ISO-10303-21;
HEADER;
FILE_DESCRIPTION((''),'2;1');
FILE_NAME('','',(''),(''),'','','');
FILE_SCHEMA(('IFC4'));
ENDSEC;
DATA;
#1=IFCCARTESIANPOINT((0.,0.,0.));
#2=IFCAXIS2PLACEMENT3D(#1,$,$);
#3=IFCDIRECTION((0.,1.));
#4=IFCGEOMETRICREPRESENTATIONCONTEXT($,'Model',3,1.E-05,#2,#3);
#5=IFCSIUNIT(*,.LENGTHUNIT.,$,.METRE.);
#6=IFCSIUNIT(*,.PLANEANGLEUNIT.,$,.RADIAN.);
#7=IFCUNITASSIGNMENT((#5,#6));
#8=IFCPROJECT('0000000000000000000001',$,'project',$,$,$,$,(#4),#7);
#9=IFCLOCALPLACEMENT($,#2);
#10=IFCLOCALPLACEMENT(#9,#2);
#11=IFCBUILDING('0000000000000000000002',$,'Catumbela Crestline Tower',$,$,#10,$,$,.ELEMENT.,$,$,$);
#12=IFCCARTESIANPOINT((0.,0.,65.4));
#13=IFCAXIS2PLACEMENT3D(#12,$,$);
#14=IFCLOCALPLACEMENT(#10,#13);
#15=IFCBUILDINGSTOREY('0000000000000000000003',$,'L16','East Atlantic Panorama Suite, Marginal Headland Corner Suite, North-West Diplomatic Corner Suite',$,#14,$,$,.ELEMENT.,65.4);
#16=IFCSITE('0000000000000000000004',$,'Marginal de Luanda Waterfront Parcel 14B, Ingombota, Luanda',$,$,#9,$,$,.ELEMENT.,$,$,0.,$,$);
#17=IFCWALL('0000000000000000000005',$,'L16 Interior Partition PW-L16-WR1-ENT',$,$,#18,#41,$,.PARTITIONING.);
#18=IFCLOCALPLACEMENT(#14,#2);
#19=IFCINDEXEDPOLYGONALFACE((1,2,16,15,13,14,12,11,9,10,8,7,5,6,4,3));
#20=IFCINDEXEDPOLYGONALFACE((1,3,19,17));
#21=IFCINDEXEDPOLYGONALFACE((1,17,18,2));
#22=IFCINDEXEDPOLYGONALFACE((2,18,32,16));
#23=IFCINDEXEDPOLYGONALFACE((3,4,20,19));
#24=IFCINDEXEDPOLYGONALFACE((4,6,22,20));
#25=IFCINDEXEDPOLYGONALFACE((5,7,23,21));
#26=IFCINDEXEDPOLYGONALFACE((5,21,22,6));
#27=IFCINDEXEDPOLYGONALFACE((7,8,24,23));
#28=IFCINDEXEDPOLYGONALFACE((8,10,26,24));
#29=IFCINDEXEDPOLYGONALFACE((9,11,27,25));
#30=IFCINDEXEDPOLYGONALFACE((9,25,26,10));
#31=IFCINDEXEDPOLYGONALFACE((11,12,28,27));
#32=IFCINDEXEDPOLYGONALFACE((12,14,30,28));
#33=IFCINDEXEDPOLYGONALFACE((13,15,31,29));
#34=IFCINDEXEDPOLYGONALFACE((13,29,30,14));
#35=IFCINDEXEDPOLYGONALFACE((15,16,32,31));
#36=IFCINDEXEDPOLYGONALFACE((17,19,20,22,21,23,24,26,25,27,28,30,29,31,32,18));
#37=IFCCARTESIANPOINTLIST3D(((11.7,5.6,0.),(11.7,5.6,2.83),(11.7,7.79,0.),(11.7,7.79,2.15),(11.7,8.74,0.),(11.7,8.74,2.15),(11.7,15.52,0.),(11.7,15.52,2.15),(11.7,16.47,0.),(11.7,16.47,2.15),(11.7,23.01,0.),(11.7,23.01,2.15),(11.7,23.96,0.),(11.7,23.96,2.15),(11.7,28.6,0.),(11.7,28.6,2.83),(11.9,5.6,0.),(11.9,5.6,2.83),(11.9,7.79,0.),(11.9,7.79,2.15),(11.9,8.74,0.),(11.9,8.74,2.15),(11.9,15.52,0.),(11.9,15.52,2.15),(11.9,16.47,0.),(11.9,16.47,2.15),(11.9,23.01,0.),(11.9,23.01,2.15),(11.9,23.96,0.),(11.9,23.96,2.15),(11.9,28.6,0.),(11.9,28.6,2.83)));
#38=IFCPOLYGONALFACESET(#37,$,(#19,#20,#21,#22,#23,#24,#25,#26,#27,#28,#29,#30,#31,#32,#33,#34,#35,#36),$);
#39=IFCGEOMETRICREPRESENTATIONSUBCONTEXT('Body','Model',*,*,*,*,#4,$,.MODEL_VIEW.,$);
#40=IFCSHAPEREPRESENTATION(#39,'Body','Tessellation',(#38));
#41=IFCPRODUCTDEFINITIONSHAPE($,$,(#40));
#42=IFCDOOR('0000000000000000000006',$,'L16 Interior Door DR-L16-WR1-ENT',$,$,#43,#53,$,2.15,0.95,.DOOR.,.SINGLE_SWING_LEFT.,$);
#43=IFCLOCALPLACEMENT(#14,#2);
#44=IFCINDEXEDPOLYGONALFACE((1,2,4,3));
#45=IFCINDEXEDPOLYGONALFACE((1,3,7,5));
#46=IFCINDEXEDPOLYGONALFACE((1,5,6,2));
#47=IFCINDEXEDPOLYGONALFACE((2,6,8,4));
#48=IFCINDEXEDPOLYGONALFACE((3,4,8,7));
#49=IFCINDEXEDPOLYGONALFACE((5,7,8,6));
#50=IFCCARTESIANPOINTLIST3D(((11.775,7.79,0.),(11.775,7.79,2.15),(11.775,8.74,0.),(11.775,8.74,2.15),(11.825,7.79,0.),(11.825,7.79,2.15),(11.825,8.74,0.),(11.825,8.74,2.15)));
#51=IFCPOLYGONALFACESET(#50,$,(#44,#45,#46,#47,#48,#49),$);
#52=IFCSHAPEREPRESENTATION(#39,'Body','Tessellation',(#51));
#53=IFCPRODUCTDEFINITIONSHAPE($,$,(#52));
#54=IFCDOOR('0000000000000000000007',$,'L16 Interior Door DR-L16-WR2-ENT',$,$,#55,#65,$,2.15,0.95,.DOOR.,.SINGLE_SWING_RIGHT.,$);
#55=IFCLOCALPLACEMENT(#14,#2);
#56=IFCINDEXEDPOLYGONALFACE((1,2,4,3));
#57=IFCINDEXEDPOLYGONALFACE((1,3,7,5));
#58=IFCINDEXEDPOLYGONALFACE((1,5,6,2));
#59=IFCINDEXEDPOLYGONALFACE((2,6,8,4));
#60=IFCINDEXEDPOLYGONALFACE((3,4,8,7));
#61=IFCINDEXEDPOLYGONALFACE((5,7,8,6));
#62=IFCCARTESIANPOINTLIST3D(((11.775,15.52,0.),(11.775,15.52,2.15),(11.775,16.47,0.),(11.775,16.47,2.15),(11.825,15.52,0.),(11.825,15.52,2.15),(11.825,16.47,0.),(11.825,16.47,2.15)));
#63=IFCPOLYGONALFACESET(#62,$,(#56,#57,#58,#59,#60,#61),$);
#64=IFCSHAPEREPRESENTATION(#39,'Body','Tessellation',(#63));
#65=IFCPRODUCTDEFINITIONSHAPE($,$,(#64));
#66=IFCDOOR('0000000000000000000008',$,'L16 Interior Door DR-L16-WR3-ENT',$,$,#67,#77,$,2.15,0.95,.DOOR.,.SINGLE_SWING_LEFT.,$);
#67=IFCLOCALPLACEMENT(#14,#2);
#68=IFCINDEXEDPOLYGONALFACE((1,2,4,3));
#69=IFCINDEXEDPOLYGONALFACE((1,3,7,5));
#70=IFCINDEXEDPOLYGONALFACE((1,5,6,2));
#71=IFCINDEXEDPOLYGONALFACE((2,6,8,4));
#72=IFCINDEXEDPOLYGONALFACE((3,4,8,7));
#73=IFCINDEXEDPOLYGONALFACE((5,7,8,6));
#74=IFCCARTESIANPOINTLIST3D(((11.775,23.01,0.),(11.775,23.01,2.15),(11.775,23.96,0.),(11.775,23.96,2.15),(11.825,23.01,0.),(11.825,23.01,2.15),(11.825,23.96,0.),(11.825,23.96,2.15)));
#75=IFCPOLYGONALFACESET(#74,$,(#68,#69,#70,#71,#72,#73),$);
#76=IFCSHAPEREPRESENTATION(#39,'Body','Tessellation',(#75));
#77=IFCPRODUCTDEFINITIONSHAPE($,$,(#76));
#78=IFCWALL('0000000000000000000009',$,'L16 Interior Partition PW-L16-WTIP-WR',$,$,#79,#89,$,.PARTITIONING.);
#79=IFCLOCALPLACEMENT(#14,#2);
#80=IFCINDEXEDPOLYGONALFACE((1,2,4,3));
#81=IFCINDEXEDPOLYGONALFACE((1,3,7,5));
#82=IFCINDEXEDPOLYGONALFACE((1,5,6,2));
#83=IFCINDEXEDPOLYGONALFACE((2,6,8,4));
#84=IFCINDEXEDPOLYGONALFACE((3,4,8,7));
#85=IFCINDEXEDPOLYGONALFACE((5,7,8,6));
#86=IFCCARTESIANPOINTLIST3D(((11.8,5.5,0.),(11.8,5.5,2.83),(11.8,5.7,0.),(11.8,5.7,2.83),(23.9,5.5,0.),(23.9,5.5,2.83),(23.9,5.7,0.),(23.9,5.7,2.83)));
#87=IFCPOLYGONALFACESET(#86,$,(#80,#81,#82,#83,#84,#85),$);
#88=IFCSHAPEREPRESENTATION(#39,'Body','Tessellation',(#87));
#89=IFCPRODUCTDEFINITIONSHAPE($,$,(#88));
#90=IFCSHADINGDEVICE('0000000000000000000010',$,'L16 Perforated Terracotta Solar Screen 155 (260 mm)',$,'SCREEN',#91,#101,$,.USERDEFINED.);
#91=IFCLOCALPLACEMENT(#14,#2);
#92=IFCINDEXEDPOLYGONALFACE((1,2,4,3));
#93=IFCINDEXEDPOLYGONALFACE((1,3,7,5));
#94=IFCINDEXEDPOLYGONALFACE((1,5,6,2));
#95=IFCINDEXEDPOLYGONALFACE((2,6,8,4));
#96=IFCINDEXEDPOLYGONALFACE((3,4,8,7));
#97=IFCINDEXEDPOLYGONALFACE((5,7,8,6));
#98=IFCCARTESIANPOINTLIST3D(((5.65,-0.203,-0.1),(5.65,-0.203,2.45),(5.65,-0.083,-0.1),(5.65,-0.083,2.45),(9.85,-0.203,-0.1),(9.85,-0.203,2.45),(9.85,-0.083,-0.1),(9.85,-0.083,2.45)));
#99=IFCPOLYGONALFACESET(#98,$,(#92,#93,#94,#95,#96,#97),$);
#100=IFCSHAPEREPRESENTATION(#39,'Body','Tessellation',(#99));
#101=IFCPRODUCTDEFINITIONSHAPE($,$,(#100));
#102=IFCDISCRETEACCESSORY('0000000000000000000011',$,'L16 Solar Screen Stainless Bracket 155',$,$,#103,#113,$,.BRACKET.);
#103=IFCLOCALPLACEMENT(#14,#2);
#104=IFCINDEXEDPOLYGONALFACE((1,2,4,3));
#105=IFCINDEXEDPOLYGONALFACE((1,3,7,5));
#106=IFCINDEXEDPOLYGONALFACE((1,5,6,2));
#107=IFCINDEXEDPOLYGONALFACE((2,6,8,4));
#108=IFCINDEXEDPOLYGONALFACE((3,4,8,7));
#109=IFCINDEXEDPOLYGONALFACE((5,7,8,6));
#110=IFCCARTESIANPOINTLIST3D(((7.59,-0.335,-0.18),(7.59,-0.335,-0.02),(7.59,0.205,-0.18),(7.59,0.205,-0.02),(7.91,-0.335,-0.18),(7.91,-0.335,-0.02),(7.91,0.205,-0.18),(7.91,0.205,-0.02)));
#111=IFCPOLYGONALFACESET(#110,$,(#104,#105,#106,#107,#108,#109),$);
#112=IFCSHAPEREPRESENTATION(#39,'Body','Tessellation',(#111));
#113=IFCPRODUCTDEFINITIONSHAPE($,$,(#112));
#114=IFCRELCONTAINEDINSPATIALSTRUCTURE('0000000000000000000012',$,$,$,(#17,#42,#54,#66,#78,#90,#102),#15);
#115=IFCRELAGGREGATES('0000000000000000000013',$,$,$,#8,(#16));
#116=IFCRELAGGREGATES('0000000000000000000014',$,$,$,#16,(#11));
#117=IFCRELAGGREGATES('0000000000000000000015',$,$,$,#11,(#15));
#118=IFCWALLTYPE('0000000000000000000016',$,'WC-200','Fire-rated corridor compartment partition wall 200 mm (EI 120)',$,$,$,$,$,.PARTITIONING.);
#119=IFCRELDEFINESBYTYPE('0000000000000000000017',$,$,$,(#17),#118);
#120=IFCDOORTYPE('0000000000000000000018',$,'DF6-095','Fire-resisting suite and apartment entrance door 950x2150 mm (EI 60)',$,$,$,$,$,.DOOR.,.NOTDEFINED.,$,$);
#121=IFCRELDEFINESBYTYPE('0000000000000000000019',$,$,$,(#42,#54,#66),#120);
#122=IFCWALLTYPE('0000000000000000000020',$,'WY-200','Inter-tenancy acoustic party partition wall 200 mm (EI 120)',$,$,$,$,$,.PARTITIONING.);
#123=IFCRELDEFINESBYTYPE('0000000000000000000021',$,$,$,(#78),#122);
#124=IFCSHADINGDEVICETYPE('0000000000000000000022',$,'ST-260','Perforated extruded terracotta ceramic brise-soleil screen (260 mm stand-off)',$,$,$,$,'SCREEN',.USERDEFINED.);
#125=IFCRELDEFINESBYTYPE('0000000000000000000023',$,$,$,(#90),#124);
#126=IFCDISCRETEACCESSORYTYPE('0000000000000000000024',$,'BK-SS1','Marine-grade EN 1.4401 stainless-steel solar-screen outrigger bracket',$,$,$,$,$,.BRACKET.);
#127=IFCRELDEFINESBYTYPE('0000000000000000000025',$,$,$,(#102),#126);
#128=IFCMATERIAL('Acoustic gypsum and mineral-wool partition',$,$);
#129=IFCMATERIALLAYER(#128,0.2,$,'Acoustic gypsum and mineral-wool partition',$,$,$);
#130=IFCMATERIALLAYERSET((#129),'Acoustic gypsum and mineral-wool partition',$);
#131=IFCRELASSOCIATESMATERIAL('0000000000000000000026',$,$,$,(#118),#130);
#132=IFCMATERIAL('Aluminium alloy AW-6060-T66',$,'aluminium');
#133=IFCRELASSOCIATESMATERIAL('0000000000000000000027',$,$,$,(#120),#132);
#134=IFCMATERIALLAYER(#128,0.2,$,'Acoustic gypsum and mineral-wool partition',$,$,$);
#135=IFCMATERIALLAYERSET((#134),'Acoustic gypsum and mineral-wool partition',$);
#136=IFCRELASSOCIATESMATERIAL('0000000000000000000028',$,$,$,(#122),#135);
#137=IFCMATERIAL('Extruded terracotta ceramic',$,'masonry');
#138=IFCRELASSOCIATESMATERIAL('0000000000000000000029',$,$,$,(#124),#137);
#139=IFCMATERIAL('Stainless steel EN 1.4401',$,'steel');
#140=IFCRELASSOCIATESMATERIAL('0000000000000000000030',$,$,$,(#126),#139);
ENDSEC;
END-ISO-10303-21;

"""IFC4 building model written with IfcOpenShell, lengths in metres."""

from ifc_helpers import new_model, si_unit, direction, frame, frame_2d, origin, origin_2d, place, context, subcontext, project, spatial, rectangle, extrude, material, layer, layer_set, type_object, element, fill, save


model = new_model("IFC4")

# Units and contexts
model_context = context("Model", 3, precision=1e-05, world=origin(), true_north=direction((0.0, 1.0)))
body_context = subcontext(model_context, "Body", "Model", "MODEL_VIEW")
ifc_project = project(units=[si_unit("LENGTHUNIT", "METRE"), si_unit("PLANEANGLEUNIT", "RADIAN")], contexts=[model_context])

# Site, building, storey
site_placement = place(None, origin())
site = spatial("IfcSite", under=ifc_project, at=site_placement, Name="Marginal de Luanda Waterfront Parcel 14B, Ingombota, Luanda", CompositionType="ELEMENT", RefElevation=0.0)
building_placement = place(site_placement, origin())
building = spatial("IfcBuilding", under=site, at=building_placement, Name="Catumbela Crestline Tower", CompositionType="ELEMENT")
storey_placement = place(building_placement, frame((0.0, 0.0, 65.4)))
storey = spatial("IfcBuildingStorey", under=building, at=storey_placement, Name="L16", Description="East Atlantic Panorama Suite, Marginal Headland Corner Suite, North-West Diplomatic Corner Suite", CompositionType="ELEMENT", Elevation=65.4)

# Shared definitions
ifc_material_1 = material(Name="Aluminium alloy AW-6060-T66", Category="aluminium")

# Shared definitions
ifc_material_2 = material(Name="Acoustic gypsum and mineral-wool partition")
ifc_layer_1 = layer(ifc_material_2, 0.2, Name="Acoustic gypsum and mineral-wool partition")
ifc_layer_set_1 = layer_set([ifc_layer_1], Name="Acoustic gypsum and mineral-wool partition")
wall_type_1 = type_object("IfcWallType", Name="WC-200", Description="Fire-rated corridor compartment partition wall 200 mm (EI 120)", PredefinedType="PARTITIONING", material=ifc_layer_set_1)
door_type = type_object("IfcDoorType", Name="DF6-095", Description="Fire-resisting suite and apartment entrance door 950x2150 mm (EI 60)", OperationType="NOTDEFINED", PredefinedType="DOOR", material=ifc_material_1)

# Wall, openings, doors
wall_1_placement = place(storey_placement, frame((11.8, 5.6, 0.0), z_axis=(0.0, 0.0, 1.0), x_axis=(0.0, 1.0, 0.0)))
wall_1 = element("IfcWall", 1, at=wall_1_placement, inside=storey, type_object=wall_type_1, Name="L16 Interior Partition PW-L16-WR1-ENT", PredefinedType="PARTITIONING", context=body_context, shape_type="SweptSolid", body=[
    extrude(rectangle(XDim=23.0, YDim=0.2, at=frame_2d((11.5, 0.0))), origin(), (0.0, 0.0, 1.0), 2.83),
])
opening_1_placement = place(wall_1_placement, frame((2.19, 0.0, 0.0)))
opening_1 = element("IfcOpeningElement", 2, at=opening_1_placement, cuts=wall_1, PredefinedType="OPENING", context=body_context, shape_type="SweptSolid", body=[
    extrude(rectangle(XDim=0.95, YDim=2.15, at=frame_2d((0.475, 1.075))), frame((0.0, 0.11, 0.0), z_axis=(0.0, -1.0, 0.0), x_axis=(1.0, 0.0, 0.0)), (0.0, 0.0, 1.0), 0.22),
])
opening_2_placement = place(wall_1_placement, frame((9.92, 0.0, 0.0)))
opening_2 = element("IfcOpeningElement", 3, at=opening_2_placement, cuts=wall_1, PredefinedType="OPENING", context=body_context, shape_type="SweptSolid", body=[
    extrude(rectangle(XDim=0.95, YDim=2.15, at=frame_2d((0.475, 1.075))), frame((0.0, 0.11, 0.0), z_axis=(0.0, -1.0, 0.0), x_axis=(1.0, 0.0, 0.0)), (0.0, 0.0, 1.0), 0.22),
])
opening_3_placement = place(wall_1_placement, frame((17.41, 0.0, 0.0)))
opening_3 = element("IfcOpeningElement", 4, at=opening_3_placement, cuts=wall_1, PredefinedType="OPENING", context=body_context, shape_type="SweptSolid", body=[
    extrude(rectangle(XDim=0.95, YDim=2.15, at=frame_2d((0.475, 1.075))), frame((0.0, 0.11, 0.0), z_axis=(0.0, -1.0, 0.0), x_axis=(1.0, 0.0, 0.0)), (0.0, 0.0, 1.0), 0.22),
])
door_1_placement = place(opening_1_placement, origin())
door_1 = element("IfcDoor", 5, at=door_1_placement, inside=storey, type_object=door_type, Name="L16 Interior Door DR-L16-WR1-ENT", OperationType="SINGLE_SWING_LEFT", OverallHeight=2.15, OverallWidth=0.95, PredefinedType="DOOR", context=body_context, shape_type="SweptSolid", body=[
    extrude(rectangle(XDim=0.95, YDim=2.15, at=frame_2d((0.475, 1.075))), frame((0.0, 0.025, 0.0), z_axis=(0.0, -1.0, 0.0), x_axis=(1.0, 0.0, 0.0)), (0.0, 0.0, 1.0), 0.05),
])
fill(opening_1, door_1)
door_2_placement = place(opening_2_placement, origin())
door_2 = element("IfcDoor", 6, at=door_2_placement, inside=storey, type_object=door_type, Name="L16 Interior Door DR-L16-WR2-ENT", OperationType="SINGLE_SWING_RIGHT", OverallHeight=2.15, OverallWidth=0.95, PredefinedType="DOOR", context=body_context, shape_type="SweptSolid", body=[
    extrude(rectangle(XDim=0.95, YDim=2.15, at=frame_2d((0.475, 1.075))), frame((0.0, 0.025, 0.0), z_axis=(0.0, -1.0, 0.0), x_axis=(1.0, 0.0, 0.0)), (0.0, 0.0, 1.0), 0.05),
])
fill(opening_2, door_2)
door_3_placement = place(opening_3_placement, origin())
door_3 = element("IfcDoor", 7, at=door_3_placement, inside=storey, type_object=door_type, Name="L16 Interior Door DR-L16-WR3-ENT", OperationType="SINGLE_SWING_LEFT", OverallHeight=2.15, OverallWidth=0.95, PredefinedType="DOOR", context=body_context, shape_type="SweptSolid", body=[
    extrude(rectangle(XDim=0.95, YDim=2.15, at=frame_2d((0.475, 1.075))), frame((0.0, 0.025, 0.0), z_axis=(0.0, -1.0, 0.0), x_axis=(1.0, 0.0, 0.0)), (0.0, 0.0, 1.0), 0.05),
])
fill(opening_3, door_3)

# Wall
ifc_layer_2 = layer(ifc_material_2, 0.2, Name="Acoustic gypsum and mineral-wool partition")
ifc_layer_set_2 = layer_set([ifc_layer_2], Name="Acoustic gypsum and mineral-wool partition")
wall_type_2 = type_object("IfcWallType", Name="WY-200", Description="Inter-tenancy acoustic party partition wall 200 mm (EI 120)", PredefinedType="PARTITIONING", material=ifc_layer_set_2)
wall_2_placement = place(storey_placement, frame((11.8, 5.6, 0.0), z_axis=(0.0, 0.0, 1.0), x_axis=(1.0, 0.0, 0.0)))
element("IfcWall", 8, at=wall_2_placement, inside=storey, type_object=wall_type_2, Name="L16 Interior Partition PW-L16-WTIP-WR", PredefinedType="PARTITIONING", context=body_context, shape_type="SweptSolid", body=[
    extrude(rectangle(XDim=12.1, YDim=0.2, at=frame_2d((6.05, 0.0))), origin(), (0.0, 0.0, 1.0), 2.83),
])

# Shading device
ifc_material_3 = material(Name="Extruded terracotta ceramic", Category="masonry")
shading_device_type = type_object("IfcShadingDeviceType", Name="ST-260", Description="Perforated extruded terracotta ceramic brise-soleil screen (260 mm stand-off)", ElementType="SCREEN", PredefinedType="USERDEFINED", material=ifc_material_3)
shading_device_placement = place(storey_placement, frame((7.75, -0.143, -0.1), z_axis=(0.0, 0.0, 1.0), x_axis=(1.0, 0.0, 0.0)))
element("IfcShadingDevice", 9, at=shading_device_placement, inside=storey, type_object=shading_device_type, Name="L16 Perforated Terracotta Solar Screen 155 (260 mm)", ObjectType="SCREEN", PredefinedType="USERDEFINED", context=body_context, shape_type="SweptSolid", body=[
    extrude(rectangle(XDim=4.2, YDim=0.12, at=origin_2d()), origin(), (0.0, 0.0, 1.0), 2.55),
])

# Discrete accessory
ifc_material_4 = material(Name="Stainless steel EN 1.4401", Category="steel")
discrete_accessory_type = type_object("IfcDiscreteAccessoryType", Name="BK-SS1", Description="Marine-grade EN 1.4401 stainless-steel solar-screen outrigger bracket", PredefinedType="BRACKET", material=ifc_material_4)
discrete_accessory_placement = place(storey_placement, frame((7.75, -0.065, -0.18), z_axis=(0.0, 0.0, 1.0), x_axis=(1.0, 0.0, 0.0)))
element("IfcDiscreteAccessory", 10, at=discrete_accessory_placement, inside=storey, type_object=discrete_accessory_type, Name="L16 Solar Screen Stainless Bracket 155", PredefinedType="BRACKET", context=body_context, shape_type="SweptSolid", body=[
    extrude(rectangle(XDim=0.32, YDim=0.54, at=origin_2d()), origin(), (0.0, 0.0, 1.0), 0.16),
])

save(model, "model.ifc")
